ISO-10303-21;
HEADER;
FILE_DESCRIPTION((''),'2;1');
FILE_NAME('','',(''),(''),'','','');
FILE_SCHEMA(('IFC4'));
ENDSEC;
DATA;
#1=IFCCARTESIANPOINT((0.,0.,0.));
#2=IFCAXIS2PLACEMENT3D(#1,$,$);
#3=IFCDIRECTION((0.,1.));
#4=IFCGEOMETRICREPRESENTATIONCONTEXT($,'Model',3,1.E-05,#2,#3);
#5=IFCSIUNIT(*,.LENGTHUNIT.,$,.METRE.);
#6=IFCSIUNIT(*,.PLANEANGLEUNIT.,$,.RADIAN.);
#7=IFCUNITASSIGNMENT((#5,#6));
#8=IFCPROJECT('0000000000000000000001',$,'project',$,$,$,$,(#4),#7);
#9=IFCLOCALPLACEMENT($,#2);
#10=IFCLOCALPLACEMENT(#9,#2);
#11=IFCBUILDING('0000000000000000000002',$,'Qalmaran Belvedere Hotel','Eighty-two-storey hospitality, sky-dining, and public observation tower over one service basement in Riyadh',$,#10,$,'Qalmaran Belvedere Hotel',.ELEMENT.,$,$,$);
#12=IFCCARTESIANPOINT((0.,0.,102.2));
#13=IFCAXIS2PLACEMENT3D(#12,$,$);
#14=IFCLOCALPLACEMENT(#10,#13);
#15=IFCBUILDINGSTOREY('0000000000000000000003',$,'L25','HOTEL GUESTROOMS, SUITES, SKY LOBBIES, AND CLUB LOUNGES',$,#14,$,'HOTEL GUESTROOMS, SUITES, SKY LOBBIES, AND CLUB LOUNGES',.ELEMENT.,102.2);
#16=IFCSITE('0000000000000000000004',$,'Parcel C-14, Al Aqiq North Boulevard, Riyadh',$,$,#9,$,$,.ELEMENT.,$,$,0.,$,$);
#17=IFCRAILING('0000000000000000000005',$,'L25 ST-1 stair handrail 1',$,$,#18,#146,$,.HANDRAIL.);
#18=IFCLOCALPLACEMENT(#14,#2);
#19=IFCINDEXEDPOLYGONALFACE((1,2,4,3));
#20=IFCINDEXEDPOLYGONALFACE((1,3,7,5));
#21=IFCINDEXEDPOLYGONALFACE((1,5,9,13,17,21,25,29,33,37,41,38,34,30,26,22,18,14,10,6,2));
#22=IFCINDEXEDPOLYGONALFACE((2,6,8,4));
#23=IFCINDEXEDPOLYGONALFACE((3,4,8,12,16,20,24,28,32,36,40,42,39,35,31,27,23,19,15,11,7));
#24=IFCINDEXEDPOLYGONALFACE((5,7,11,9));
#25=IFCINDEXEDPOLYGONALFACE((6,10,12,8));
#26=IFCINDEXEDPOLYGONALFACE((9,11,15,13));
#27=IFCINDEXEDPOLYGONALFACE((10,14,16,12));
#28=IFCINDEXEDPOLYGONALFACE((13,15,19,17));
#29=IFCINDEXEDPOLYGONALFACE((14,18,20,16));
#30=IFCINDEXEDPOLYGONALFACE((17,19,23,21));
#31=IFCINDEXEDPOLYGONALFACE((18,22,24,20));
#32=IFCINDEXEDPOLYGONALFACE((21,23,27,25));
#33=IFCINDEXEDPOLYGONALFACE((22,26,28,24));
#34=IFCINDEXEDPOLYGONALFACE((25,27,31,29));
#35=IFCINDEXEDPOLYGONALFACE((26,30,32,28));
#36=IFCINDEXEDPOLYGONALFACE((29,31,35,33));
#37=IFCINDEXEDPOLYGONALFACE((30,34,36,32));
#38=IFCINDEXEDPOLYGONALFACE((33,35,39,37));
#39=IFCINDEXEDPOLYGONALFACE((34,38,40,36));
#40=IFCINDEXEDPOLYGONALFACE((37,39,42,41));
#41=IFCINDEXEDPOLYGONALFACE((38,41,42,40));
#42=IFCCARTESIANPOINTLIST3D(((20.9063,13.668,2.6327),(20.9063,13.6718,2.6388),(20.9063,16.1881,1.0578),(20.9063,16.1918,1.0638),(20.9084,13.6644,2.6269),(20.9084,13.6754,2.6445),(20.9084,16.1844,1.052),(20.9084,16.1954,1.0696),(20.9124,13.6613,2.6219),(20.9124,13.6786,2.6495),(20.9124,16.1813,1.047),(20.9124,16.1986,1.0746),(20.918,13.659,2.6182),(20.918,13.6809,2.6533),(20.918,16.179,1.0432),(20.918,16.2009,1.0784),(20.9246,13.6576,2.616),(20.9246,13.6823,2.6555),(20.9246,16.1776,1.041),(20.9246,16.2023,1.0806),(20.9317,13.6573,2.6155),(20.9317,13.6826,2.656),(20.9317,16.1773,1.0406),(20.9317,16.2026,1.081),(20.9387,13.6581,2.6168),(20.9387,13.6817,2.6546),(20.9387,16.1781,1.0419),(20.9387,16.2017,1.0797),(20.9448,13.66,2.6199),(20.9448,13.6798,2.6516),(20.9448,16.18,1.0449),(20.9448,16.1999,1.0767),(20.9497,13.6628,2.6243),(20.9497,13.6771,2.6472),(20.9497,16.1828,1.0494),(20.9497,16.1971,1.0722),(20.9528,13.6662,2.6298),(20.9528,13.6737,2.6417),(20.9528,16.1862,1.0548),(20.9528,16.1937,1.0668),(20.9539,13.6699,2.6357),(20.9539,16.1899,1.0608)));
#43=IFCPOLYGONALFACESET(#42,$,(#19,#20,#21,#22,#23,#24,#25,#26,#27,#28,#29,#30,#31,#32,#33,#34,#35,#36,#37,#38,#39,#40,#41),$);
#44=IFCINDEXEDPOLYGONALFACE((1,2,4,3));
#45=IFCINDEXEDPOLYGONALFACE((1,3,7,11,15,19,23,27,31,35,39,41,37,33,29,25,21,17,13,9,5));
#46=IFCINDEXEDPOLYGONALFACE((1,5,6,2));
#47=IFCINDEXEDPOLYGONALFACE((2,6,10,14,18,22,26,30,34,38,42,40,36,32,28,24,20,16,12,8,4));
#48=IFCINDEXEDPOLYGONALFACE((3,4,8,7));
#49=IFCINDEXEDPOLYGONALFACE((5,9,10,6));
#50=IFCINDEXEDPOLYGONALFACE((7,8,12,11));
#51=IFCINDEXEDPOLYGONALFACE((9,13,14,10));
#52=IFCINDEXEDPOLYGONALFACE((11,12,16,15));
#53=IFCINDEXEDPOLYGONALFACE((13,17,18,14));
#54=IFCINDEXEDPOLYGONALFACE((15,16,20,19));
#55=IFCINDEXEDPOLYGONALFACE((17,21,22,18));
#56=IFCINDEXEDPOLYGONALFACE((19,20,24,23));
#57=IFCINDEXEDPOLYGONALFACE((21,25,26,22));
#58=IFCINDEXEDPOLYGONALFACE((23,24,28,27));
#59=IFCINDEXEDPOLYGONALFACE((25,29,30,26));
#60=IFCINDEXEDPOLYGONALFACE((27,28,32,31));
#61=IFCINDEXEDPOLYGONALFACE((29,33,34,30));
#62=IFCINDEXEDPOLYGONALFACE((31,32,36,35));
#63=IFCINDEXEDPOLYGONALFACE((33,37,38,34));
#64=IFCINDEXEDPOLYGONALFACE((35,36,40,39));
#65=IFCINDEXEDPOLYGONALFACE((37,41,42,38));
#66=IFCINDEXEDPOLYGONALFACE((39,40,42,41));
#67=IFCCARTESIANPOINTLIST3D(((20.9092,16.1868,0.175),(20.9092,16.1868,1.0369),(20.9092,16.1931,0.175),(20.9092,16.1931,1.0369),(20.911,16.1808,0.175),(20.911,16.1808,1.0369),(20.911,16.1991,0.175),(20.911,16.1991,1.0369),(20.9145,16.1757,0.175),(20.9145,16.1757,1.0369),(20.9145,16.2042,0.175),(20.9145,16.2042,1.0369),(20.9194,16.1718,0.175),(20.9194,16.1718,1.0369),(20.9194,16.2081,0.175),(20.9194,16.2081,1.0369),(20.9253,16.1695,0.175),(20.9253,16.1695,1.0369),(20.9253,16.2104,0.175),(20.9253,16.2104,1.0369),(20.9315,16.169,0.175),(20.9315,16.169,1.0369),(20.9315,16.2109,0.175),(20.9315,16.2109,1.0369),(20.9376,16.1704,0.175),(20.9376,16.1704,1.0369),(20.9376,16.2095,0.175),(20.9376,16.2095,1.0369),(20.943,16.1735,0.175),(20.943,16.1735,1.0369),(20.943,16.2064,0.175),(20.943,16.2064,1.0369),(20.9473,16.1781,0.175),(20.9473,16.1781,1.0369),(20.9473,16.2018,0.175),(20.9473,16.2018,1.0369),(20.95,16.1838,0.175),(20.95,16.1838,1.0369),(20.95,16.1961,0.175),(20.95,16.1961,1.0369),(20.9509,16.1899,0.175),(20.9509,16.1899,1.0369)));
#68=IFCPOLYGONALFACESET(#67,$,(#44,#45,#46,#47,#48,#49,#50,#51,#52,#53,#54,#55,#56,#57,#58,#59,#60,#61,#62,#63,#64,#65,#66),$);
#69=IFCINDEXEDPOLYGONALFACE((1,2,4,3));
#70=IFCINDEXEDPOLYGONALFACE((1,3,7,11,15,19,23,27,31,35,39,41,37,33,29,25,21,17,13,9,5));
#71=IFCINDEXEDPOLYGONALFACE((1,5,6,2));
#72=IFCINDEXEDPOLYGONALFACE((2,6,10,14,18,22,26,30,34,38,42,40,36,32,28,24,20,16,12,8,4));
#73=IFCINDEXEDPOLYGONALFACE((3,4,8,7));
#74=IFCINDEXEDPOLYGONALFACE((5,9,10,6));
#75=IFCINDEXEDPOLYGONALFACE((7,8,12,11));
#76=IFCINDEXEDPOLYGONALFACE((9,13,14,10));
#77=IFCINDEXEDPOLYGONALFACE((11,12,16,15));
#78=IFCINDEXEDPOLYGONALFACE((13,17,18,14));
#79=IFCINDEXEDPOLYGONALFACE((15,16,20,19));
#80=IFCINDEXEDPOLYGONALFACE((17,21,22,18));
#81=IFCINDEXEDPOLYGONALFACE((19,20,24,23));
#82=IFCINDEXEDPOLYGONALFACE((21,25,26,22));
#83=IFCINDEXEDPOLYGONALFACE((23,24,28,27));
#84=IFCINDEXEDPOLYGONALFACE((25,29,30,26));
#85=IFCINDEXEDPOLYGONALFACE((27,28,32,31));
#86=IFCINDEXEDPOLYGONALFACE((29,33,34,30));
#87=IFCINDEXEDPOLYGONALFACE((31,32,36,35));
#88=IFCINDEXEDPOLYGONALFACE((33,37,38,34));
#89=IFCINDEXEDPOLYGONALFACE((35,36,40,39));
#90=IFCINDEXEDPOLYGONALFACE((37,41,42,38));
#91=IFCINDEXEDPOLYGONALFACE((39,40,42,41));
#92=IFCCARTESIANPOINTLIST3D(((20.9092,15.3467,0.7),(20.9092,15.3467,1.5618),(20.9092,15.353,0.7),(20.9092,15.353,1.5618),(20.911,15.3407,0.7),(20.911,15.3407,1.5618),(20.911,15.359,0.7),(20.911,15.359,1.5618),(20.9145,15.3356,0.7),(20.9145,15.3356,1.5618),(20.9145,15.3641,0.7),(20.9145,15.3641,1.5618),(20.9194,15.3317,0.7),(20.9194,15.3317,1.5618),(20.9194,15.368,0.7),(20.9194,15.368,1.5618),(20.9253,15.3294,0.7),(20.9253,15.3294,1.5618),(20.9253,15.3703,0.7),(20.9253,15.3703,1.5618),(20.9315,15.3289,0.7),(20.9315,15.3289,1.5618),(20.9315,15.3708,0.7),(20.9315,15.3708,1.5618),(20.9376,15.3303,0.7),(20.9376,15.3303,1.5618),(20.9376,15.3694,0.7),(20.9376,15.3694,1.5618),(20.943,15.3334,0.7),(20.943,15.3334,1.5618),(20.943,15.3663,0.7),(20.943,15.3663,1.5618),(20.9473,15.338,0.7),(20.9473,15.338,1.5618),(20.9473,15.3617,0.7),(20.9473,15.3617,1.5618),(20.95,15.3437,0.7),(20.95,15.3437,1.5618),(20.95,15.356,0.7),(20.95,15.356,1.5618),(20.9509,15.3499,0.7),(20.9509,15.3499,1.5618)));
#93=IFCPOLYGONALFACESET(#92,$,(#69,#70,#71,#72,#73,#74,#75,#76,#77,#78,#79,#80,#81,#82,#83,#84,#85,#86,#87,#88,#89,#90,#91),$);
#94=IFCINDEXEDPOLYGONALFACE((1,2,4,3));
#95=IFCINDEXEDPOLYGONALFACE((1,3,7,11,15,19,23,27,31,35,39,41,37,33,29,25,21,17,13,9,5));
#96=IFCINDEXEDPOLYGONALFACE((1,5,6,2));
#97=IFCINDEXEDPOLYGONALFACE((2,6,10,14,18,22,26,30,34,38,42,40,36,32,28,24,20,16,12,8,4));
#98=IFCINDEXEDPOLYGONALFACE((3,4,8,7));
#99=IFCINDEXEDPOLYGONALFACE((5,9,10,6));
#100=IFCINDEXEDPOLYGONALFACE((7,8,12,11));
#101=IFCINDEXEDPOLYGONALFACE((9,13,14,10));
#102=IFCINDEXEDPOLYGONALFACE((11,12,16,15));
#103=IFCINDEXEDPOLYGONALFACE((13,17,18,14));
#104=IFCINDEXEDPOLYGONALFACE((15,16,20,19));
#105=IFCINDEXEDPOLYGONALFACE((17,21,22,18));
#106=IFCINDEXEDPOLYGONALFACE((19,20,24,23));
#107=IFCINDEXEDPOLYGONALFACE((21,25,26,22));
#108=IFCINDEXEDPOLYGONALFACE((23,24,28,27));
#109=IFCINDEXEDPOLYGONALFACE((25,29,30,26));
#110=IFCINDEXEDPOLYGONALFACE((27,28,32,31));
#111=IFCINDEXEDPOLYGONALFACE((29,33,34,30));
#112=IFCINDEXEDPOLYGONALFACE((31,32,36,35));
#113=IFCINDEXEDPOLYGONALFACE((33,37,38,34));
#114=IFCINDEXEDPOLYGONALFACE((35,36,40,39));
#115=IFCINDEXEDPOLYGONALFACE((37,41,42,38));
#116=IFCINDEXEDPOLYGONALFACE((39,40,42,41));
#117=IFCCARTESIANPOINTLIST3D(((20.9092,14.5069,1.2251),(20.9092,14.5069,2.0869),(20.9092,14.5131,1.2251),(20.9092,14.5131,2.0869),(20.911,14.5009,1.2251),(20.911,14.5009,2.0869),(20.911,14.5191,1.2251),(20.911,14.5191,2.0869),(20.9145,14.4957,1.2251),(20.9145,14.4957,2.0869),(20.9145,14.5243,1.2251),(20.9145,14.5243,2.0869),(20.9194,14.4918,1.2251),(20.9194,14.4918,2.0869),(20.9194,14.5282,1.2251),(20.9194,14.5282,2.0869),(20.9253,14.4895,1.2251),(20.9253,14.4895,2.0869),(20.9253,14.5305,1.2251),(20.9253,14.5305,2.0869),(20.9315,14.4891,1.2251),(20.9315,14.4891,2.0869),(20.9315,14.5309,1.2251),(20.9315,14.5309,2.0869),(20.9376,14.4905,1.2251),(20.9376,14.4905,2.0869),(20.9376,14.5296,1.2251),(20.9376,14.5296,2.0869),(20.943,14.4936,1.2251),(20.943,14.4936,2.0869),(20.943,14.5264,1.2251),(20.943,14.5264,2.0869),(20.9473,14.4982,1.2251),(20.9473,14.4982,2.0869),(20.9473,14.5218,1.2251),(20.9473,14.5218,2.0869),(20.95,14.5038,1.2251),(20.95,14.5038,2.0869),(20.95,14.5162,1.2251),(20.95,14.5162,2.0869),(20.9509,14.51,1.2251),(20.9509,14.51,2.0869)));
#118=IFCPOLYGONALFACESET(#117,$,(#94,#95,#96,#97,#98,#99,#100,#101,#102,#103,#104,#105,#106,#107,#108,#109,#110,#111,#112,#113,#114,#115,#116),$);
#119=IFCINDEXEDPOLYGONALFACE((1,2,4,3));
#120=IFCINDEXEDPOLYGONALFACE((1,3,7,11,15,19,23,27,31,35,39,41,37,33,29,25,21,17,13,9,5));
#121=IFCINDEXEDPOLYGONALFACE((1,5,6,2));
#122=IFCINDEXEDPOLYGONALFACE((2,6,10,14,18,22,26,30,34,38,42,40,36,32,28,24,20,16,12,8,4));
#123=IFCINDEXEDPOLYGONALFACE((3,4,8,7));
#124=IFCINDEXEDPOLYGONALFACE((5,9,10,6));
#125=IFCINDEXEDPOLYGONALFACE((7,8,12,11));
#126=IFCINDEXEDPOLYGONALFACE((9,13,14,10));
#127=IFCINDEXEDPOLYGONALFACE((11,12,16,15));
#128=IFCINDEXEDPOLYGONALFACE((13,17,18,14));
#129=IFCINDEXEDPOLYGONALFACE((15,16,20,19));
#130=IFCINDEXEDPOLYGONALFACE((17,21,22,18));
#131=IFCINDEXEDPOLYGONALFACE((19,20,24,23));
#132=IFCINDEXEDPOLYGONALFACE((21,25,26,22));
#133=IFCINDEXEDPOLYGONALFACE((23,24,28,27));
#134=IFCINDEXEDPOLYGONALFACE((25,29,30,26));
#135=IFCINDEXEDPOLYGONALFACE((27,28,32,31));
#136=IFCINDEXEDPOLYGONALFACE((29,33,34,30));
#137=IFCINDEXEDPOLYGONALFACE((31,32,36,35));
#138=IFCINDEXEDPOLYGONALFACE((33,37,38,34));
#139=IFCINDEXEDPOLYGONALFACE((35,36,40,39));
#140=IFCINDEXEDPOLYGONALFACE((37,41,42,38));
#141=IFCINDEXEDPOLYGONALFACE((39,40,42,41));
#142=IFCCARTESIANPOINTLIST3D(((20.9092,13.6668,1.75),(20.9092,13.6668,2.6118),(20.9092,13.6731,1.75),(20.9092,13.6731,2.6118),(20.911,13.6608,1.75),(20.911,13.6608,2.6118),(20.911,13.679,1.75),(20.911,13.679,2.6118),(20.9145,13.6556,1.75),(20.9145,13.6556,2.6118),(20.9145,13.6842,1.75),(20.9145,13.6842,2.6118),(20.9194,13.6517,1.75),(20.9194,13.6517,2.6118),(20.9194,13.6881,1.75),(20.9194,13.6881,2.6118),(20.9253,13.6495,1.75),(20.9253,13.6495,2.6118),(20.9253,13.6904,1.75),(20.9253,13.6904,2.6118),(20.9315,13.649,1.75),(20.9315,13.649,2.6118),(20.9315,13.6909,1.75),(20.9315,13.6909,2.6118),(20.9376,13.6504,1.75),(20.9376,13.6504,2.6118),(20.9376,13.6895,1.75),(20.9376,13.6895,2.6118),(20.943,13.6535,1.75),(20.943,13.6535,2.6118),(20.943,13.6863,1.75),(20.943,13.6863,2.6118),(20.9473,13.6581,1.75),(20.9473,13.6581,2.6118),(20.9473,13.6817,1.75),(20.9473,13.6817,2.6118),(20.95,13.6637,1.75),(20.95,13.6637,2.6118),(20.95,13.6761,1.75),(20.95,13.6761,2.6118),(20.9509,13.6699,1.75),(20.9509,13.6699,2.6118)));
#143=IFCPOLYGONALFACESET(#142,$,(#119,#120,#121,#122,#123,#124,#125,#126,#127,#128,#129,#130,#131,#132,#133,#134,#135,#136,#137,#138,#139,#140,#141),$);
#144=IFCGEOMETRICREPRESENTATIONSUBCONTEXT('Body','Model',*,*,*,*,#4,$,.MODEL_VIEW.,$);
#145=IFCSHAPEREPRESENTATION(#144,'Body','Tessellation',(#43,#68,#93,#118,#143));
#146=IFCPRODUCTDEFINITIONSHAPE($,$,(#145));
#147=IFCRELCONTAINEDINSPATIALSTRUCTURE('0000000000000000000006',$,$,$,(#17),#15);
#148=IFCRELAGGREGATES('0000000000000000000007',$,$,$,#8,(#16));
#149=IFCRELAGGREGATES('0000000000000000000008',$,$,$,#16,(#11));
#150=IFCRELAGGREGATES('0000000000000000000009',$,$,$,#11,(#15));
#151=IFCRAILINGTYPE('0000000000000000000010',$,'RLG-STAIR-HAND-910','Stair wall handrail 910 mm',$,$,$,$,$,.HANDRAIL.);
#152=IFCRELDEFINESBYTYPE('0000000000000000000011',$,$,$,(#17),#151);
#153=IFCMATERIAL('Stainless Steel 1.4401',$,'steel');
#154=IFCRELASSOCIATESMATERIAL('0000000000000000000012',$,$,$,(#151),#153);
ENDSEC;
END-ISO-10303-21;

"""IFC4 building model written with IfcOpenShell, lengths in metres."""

from ifc_helpers import new_model, si_unit, direction, frame, origin, origin_2d, place, context, subcontext, project, spatial, circle, extrude, material, type_object, element, save


model = new_model("IFC4")

# Units and contexts
model_context = context("Model", 3, precision=1e-05, world=origin(), true_north=direction((0.0, 1.0)))
body_context = subcontext(model_context, "Body", "Model", "MODEL_VIEW")
ifc_project = project(units=[si_unit("LENGTHUNIT", "METRE"), si_unit("PLANEANGLEUNIT", "RADIAN")], contexts=[model_context])

# Site, building, storey
site_placement = place(None, origin())
site = spatial("IfcSite", under=ifc_project, at=site_placement, Name="Parcel C-14, Al Aqiq North Boulevard, Riyadh", CompositionType="ELEMENT", RefElevation=0.0)
building_placement = place(site_placement, origin())
building = spatial("IfcBuilding", under=site, at=building_placement, Name="Qalmaran Belvedere Hotel", Description="Eighty-two-storey hospitality, sky-dining, and public observation tower over one service basement in Riyadh", LongName="Qalmaran Belvedere Hotel", CompositionType="ELEMENT")
storey_placement = place(building_placement, frame((0.0, 0.0, 102.2)))
storey = spatial("IfcBuildingStorey", under=building, at=storey_placement, Name="L25", Description="HOTEL GUESTROOMS, SUITES, SKY LOBBIES, AND CLUB LOUNGES", LongName="HOTEL GUESTROOMS, SUITES, SKY LOBBIES, AND CLUB LOUNGES", CompositionType="ELEMENT", Elevation=102.2)

# Shared definitions
ifc_material_1 = material(Name="Stainless Steel 1.4401", Category="steel")

# Railing
railing_type_1 = type_object("IfcRailingType", Name="RLG-STAIR-HAND-910", Description="Stair wall handrail 910 mm", PredefinedType="HANDRAIL", material=ifc_material_1)
railing_1_placement = place(storey_placement, frame((20.9299, 16.1899, 0.175)))
element("IfcRailing", 1, at=railing_1_placement, inside=storey, type_object=railing_type_1, Name="L25 ST-1 stair handrail 1", PredefinedType="HANDRAIL", context=body_context, shape_type="SweptSolid", body=[
    extrude(circle(Radius=0.0239, at=origin_2d()), frame((0.0, 0.0, 0.8857), z_axis=(0.0, -0.848008, 0.529984), x_axis=(1.0, 0.0, 0.0)), (0.0, 0.0, 1.0), 2.9717),
    extrude(circle(Radius=0.021, at=origin_2d()), origin(), (0.0, 0.0, 1.0), 0.8618),
    extrude(circle(Radius=0.021, at=origin_2d()), frame((0.0, -0.8401, 0.5249)), (0.0, 0.0, 1.0), 0.8618),
    extrude(circle(Radius=0.021, at=origin_2d()), frame((0.0, -1.6799, 1.05)), (0.0, 0.0, 1.0), 0.8618),
    extrude(circle(Radius=0.021, at=origin_2d()), frame((0.0, -2.52, 1.575)), (0.0, 0.0, 1.0), 0.8618),
])

save(model, "model.ifc")
